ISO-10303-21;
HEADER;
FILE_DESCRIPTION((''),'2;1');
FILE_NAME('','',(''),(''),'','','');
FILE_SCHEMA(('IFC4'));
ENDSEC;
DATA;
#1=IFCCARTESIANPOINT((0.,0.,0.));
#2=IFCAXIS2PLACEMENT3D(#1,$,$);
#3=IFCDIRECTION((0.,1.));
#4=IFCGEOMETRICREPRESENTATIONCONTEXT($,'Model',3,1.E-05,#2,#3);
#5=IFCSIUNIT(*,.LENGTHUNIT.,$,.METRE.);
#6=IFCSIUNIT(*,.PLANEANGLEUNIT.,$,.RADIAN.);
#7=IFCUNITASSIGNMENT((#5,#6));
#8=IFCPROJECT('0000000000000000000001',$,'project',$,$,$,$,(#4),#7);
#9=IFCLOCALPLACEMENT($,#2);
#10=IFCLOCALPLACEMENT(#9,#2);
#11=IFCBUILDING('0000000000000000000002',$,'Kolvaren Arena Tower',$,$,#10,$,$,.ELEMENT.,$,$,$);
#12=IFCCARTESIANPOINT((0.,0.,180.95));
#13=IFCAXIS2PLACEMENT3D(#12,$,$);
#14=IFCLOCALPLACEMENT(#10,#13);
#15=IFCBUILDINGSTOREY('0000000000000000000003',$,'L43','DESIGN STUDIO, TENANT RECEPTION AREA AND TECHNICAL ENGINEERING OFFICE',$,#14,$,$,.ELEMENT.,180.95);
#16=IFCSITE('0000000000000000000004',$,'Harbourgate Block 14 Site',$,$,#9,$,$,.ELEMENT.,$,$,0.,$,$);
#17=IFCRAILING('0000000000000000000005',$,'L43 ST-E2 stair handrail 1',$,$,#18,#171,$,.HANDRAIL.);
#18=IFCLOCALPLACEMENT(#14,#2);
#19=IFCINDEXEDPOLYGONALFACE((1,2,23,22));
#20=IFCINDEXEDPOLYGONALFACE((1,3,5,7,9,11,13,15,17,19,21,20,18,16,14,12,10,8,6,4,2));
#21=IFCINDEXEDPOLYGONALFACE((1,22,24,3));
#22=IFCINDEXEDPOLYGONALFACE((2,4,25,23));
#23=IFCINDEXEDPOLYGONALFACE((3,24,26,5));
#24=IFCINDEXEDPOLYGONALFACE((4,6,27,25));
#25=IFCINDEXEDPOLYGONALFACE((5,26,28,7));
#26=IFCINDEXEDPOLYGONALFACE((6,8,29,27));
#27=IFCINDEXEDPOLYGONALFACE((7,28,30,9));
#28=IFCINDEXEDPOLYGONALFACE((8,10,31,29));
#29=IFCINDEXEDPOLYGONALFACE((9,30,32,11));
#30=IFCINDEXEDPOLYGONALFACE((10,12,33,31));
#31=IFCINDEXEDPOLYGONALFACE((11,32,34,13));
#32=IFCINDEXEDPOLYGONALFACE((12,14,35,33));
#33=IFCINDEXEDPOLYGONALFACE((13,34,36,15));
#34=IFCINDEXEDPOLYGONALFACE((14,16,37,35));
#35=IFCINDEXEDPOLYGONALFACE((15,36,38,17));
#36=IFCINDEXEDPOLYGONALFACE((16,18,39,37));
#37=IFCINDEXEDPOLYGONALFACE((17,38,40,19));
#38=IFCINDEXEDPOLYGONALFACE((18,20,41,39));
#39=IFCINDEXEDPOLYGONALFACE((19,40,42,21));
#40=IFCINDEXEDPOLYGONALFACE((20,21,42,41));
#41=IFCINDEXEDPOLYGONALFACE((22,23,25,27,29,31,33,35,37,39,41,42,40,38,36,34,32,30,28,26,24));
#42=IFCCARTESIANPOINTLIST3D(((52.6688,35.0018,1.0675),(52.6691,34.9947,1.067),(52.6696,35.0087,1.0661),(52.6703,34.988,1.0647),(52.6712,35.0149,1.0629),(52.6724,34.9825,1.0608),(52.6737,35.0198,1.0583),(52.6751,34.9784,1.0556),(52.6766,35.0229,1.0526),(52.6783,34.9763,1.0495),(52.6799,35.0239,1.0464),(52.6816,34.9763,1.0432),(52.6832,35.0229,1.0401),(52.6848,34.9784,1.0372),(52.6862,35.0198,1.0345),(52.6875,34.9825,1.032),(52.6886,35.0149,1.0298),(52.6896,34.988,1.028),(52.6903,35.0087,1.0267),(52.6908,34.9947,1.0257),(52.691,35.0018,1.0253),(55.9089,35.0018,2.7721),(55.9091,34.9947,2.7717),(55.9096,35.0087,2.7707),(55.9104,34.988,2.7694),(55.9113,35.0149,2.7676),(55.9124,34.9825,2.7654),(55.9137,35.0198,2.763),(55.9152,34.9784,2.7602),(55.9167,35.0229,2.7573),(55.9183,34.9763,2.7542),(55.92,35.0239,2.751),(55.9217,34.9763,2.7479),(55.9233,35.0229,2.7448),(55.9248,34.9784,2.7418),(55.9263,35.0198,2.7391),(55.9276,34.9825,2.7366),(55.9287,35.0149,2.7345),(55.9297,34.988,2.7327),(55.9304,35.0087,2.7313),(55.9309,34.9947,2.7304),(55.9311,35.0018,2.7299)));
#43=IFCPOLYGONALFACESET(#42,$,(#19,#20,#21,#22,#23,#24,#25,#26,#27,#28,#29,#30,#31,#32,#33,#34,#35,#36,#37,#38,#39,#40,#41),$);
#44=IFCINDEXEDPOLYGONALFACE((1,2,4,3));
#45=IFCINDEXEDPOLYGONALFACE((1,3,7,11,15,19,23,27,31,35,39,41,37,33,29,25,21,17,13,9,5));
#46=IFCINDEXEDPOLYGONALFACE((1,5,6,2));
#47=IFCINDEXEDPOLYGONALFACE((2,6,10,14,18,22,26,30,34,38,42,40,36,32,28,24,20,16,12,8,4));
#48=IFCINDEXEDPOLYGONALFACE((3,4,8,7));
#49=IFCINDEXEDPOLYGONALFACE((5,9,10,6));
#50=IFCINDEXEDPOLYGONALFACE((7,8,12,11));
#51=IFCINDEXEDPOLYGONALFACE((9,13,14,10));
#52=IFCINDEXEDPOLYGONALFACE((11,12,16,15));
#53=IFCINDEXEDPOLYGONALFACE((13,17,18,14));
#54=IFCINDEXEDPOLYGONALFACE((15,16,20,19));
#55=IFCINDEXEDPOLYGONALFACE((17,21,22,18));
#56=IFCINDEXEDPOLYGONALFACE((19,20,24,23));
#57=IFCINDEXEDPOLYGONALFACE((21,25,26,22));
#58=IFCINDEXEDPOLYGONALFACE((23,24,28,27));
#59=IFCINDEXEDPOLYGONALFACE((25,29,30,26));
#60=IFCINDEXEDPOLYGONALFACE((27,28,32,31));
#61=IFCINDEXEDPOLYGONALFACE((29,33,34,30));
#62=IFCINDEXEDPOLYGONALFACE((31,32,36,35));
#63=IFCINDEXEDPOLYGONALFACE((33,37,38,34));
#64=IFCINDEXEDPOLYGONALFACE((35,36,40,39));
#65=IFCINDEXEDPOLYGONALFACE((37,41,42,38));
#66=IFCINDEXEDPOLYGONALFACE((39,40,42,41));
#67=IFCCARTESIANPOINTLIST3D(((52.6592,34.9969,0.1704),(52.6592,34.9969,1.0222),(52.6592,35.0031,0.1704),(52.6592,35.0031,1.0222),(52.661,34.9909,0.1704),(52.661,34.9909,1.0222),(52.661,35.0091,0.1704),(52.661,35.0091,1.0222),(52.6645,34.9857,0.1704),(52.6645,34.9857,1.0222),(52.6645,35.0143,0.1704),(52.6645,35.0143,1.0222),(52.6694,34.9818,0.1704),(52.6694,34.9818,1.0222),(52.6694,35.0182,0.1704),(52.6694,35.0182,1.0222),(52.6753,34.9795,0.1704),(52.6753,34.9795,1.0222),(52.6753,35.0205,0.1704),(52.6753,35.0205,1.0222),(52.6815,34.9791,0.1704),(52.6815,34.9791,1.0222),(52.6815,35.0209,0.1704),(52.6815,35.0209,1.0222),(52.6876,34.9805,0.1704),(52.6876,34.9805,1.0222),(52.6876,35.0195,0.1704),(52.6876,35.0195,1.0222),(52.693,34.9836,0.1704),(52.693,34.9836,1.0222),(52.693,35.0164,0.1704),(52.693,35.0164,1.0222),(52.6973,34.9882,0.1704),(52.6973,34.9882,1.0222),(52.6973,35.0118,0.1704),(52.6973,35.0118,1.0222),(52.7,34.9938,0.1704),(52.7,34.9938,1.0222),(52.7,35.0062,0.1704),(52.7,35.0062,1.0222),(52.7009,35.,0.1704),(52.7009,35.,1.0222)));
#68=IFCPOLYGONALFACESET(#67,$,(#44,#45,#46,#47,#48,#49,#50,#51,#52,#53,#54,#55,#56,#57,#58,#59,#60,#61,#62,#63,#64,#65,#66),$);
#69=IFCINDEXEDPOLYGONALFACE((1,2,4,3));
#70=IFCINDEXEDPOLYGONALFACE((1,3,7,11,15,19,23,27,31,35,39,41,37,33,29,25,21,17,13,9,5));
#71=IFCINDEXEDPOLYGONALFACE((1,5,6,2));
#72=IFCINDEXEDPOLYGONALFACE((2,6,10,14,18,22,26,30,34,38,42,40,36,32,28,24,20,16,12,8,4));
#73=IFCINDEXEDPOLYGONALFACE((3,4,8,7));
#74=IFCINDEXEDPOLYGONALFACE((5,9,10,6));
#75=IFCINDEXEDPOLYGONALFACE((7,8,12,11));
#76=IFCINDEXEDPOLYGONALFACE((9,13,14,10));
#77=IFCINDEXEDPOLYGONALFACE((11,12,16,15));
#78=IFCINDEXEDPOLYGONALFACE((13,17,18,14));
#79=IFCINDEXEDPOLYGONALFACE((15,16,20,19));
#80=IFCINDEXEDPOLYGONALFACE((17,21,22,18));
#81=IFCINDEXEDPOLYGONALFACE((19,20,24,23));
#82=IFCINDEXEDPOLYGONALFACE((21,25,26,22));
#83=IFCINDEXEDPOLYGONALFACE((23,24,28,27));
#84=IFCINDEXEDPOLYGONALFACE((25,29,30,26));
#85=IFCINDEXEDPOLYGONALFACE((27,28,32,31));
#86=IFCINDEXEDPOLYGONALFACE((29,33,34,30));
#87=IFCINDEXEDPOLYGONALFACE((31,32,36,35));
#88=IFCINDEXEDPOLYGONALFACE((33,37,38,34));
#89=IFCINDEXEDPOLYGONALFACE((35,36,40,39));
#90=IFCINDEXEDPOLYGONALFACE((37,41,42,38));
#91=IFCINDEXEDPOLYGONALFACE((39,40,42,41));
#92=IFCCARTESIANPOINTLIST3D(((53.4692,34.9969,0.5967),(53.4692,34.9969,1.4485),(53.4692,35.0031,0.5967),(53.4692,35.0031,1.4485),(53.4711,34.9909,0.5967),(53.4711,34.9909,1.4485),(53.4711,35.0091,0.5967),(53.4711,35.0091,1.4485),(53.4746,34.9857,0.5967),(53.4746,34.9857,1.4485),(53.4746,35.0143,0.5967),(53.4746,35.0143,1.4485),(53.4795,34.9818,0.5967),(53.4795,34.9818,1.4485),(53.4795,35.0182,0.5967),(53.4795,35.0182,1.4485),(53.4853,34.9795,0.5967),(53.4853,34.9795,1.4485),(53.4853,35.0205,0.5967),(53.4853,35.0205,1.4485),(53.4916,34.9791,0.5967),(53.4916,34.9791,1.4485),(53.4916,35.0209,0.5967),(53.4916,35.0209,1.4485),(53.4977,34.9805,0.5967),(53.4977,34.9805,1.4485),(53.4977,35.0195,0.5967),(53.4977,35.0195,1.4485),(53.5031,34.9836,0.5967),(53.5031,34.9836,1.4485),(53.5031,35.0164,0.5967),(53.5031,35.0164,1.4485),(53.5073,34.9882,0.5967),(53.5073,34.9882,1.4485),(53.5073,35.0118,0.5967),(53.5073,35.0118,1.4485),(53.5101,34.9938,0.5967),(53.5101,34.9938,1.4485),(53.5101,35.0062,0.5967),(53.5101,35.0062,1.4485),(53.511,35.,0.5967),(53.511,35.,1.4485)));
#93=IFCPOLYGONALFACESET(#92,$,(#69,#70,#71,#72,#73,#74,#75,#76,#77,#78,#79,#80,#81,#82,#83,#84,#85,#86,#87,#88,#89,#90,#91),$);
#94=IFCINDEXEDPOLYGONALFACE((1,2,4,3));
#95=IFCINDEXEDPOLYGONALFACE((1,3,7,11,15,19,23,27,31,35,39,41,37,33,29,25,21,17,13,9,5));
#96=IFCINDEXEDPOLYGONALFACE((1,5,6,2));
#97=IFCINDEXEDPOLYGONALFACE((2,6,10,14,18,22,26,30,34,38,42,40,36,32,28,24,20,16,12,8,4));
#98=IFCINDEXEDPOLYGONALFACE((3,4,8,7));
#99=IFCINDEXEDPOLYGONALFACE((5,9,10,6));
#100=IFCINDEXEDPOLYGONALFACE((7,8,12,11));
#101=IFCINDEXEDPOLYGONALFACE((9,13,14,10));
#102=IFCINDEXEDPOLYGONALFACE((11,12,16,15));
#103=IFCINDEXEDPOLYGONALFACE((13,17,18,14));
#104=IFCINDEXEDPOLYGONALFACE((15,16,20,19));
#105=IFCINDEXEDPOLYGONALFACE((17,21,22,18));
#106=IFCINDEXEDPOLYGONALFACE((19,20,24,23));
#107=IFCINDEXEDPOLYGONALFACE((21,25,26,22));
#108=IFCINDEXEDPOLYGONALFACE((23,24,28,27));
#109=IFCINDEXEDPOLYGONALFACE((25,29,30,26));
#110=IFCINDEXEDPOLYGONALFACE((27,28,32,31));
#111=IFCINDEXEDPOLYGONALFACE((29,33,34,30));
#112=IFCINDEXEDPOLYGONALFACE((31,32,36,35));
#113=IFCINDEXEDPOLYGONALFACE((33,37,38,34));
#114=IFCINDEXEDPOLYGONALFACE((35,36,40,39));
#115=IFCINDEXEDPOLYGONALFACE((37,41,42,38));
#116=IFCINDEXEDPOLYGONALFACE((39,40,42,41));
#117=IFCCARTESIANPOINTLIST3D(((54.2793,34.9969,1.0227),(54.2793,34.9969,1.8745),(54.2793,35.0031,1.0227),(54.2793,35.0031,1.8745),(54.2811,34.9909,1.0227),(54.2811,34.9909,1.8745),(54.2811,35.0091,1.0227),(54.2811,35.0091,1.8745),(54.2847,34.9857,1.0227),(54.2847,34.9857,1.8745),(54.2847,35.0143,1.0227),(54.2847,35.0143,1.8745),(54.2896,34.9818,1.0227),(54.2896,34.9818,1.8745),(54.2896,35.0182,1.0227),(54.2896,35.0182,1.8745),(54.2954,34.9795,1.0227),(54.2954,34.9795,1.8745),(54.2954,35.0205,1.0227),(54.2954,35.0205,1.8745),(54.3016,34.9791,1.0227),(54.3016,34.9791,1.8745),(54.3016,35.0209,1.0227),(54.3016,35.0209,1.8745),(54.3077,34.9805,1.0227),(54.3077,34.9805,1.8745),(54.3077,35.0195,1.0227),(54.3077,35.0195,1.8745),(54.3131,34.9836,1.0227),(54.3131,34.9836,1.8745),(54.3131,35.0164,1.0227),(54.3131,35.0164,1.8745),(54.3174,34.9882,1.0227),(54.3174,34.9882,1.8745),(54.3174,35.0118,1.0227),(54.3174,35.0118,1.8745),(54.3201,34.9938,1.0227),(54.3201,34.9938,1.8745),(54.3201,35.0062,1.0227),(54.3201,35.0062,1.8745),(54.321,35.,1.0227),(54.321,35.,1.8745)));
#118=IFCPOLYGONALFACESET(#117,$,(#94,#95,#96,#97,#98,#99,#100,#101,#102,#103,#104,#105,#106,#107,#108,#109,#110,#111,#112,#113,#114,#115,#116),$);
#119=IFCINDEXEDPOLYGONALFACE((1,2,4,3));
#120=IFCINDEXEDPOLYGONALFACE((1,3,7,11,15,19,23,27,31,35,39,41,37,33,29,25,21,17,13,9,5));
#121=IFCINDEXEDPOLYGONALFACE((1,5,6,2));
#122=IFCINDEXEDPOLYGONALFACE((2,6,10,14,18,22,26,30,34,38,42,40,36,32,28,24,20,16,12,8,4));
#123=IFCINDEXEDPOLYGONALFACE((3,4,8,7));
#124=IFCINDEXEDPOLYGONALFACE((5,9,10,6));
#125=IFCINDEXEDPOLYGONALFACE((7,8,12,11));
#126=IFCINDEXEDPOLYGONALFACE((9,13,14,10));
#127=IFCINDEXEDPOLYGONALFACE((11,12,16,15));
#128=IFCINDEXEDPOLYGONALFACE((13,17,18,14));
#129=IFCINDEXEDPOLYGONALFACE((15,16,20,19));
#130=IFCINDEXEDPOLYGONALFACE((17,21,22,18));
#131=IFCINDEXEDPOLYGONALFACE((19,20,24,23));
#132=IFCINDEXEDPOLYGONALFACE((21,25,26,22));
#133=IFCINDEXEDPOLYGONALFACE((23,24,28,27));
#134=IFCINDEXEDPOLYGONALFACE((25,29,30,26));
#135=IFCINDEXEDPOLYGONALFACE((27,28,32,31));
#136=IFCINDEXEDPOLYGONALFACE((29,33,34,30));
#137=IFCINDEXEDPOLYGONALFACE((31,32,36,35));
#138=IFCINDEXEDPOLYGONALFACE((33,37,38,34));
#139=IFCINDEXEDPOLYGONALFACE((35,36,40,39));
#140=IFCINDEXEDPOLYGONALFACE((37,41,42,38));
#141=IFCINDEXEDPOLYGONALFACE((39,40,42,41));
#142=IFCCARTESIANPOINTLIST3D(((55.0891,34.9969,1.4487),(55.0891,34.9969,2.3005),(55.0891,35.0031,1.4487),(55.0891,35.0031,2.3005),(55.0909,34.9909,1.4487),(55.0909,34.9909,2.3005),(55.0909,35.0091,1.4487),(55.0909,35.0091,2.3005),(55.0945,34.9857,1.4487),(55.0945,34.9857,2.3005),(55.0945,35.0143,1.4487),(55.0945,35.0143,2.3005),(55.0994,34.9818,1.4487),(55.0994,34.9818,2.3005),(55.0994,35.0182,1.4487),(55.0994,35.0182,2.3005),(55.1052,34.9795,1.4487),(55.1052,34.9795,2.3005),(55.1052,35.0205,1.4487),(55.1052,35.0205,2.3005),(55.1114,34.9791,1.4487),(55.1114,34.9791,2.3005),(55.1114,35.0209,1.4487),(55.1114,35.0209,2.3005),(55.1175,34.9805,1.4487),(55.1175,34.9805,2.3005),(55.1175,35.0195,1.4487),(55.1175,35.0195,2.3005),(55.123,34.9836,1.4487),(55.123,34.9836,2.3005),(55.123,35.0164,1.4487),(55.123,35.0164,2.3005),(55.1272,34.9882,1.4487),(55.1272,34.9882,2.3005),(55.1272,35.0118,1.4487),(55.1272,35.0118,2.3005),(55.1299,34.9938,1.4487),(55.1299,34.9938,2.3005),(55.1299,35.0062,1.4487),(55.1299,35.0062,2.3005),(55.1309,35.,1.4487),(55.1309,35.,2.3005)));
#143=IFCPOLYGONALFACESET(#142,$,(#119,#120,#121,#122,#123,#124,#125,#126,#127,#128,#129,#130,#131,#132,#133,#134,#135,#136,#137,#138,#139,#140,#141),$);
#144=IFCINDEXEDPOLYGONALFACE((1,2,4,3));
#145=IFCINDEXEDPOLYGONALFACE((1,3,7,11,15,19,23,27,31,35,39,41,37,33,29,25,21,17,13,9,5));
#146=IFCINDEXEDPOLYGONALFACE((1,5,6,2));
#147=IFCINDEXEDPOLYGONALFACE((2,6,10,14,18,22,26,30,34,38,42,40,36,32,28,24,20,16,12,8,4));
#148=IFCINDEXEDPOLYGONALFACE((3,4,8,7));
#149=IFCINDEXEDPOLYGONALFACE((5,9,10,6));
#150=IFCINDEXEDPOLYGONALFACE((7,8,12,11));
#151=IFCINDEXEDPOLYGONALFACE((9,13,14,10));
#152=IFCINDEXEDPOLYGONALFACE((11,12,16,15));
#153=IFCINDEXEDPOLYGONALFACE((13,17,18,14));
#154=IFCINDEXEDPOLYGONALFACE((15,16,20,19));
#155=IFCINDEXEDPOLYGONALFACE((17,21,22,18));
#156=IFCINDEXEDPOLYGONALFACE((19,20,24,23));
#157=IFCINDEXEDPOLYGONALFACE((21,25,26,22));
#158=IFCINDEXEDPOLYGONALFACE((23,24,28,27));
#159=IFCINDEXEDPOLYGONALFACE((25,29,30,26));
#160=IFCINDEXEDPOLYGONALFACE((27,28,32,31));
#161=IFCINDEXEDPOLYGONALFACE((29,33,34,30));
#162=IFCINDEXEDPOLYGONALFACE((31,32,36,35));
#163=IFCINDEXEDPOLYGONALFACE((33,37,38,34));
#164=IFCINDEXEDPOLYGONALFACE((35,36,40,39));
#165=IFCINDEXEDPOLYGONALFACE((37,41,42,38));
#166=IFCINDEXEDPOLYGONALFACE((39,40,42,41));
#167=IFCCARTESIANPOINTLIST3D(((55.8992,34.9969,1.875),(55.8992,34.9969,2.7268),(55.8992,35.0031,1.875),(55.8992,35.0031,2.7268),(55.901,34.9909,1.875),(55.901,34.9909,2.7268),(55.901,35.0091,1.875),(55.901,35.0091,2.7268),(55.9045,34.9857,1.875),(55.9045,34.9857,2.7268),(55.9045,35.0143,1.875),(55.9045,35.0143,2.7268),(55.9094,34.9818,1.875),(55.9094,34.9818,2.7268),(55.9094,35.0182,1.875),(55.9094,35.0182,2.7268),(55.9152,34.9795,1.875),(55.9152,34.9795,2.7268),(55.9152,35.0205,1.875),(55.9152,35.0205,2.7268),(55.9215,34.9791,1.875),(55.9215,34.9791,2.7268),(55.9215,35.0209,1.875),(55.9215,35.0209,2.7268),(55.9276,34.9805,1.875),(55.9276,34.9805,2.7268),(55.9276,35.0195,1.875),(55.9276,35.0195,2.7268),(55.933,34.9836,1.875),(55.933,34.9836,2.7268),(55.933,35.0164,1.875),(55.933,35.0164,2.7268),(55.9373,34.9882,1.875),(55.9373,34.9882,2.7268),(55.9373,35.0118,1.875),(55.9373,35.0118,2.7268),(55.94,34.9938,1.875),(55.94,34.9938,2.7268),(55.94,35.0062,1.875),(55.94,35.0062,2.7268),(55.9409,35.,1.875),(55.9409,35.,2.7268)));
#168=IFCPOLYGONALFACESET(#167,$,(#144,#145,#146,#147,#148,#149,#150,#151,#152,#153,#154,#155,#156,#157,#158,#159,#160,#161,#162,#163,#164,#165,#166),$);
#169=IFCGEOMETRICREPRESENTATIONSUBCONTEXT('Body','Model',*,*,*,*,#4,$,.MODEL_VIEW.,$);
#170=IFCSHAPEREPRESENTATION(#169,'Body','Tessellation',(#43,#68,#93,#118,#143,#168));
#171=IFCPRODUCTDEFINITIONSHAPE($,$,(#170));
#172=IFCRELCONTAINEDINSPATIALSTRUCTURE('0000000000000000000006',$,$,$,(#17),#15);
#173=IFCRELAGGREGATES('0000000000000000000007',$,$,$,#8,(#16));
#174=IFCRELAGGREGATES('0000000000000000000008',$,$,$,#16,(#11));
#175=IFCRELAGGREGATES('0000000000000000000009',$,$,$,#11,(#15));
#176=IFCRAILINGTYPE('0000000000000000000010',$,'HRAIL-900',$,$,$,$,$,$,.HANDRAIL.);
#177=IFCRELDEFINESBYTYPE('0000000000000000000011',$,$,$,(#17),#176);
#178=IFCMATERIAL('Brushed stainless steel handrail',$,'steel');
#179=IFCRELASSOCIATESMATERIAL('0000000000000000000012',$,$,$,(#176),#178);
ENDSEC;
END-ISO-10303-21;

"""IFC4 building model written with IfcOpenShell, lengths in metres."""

from ifc_helpers import new_model, si_unit, direction, frame, origin, origin_2d, place, context, subcontext, project, spatial, circle, extrude, material, type_object, element, save


model = new_model("IFC4")

# Units and contexts
model_context = context("Model", 3, precision=1e-05, world=origin(), true_north=direction((0.0, 1.0)))
body_context = subcontext(model_context, "Body", "Model", "MODEL_VIEW")
ifc_project = project(units=[si_unit("LENGTHUNIT", "METRE"), si_unit("PLANEANGLEUNIT", "RADIAN")], contexts=[model_context])

# Site, building, storey
site_placement = place(None, origin())
site = spatial("IfcSite", under=ifc_project, at=site_placement, Name="Harbourgate Block 14 Site", CompositionType="ELEMENT", RefElevation=0.0)
building_placement = place(site_placement, origin())
building = spatial("IfcBuilding", under=site, at=building_placement, Name="Kolvaren Arena Tower", CompositionType="ELEMENT")
storey_placement = place(building_placement, frame((0.0, 0.0, 180.95)))
storey = spatial("IfcBuildingStorey", under=building, at=storey_placement, Name="L43", Description="DESIGN STUDIO, TENANT RECEPTION AREA AND TECHNICAL ENGINEERING OFFICE", CompositionType="ELEMENT", Elevation=180.95)

# Railing
ifc_material_1 = material(Name="Brushed stainless steel handrail", Category="steel")
railing_type_1 = type_object("IfcRailingType", Name="HRAIL-900", PredefinedType="HANDRAIL", material=ifc_material_1)
railing_placement = place(storey_placement, frame((52.6799, 35.0, 0.1704)))
element("IfcRailing", 1, at=railing_placement, inside=storey, type_object=railing_type_1, Name="L43 ST-E2 stair handrail 1", PredefinedType="HANDRAIL", context=body_context, shape_type="SweptSolid", body=[
    extrude(circle(Radius=0.0239, at=origin_2d()), frame((0.0, 0.0, 0.876), z_axis=(0.884993, 0.0, 0.465604), x_axis=(0.0, 1.0, 0.0)), (0.0, 0.0, 1.0), 3.6611),
    extrude(circle(Radius=0.021, at=origin_2d()), origin(), (0.0, 0.0, 1.0), 0.8518),
    extrude(circle(Radius=0.021, at=origin_2d()), frame((0.8101, 0.0, 0.4263)), (0.0, 0.0, 1.0), 0.8518),
    extrude(circle(Radius=0.021, at=origin_2d()), frame((1.6201, 0.0, 0.8523)), (0.0, 0.0, 1.0), 0.8518),
    extrude(circle(Radius=0.021, at=origin_2d()), frame((2.4299, 0.0, 1.2783)), (0.0, 0.0, 1.0), 0.8518),
    extrude(circle(Radius=0.021, at=origin_2d()), frame((3.24, 0.0, 1.7046)), (0.0, 0.0, 1.0), 0.8518),
])

save(model, "model.ifc")
